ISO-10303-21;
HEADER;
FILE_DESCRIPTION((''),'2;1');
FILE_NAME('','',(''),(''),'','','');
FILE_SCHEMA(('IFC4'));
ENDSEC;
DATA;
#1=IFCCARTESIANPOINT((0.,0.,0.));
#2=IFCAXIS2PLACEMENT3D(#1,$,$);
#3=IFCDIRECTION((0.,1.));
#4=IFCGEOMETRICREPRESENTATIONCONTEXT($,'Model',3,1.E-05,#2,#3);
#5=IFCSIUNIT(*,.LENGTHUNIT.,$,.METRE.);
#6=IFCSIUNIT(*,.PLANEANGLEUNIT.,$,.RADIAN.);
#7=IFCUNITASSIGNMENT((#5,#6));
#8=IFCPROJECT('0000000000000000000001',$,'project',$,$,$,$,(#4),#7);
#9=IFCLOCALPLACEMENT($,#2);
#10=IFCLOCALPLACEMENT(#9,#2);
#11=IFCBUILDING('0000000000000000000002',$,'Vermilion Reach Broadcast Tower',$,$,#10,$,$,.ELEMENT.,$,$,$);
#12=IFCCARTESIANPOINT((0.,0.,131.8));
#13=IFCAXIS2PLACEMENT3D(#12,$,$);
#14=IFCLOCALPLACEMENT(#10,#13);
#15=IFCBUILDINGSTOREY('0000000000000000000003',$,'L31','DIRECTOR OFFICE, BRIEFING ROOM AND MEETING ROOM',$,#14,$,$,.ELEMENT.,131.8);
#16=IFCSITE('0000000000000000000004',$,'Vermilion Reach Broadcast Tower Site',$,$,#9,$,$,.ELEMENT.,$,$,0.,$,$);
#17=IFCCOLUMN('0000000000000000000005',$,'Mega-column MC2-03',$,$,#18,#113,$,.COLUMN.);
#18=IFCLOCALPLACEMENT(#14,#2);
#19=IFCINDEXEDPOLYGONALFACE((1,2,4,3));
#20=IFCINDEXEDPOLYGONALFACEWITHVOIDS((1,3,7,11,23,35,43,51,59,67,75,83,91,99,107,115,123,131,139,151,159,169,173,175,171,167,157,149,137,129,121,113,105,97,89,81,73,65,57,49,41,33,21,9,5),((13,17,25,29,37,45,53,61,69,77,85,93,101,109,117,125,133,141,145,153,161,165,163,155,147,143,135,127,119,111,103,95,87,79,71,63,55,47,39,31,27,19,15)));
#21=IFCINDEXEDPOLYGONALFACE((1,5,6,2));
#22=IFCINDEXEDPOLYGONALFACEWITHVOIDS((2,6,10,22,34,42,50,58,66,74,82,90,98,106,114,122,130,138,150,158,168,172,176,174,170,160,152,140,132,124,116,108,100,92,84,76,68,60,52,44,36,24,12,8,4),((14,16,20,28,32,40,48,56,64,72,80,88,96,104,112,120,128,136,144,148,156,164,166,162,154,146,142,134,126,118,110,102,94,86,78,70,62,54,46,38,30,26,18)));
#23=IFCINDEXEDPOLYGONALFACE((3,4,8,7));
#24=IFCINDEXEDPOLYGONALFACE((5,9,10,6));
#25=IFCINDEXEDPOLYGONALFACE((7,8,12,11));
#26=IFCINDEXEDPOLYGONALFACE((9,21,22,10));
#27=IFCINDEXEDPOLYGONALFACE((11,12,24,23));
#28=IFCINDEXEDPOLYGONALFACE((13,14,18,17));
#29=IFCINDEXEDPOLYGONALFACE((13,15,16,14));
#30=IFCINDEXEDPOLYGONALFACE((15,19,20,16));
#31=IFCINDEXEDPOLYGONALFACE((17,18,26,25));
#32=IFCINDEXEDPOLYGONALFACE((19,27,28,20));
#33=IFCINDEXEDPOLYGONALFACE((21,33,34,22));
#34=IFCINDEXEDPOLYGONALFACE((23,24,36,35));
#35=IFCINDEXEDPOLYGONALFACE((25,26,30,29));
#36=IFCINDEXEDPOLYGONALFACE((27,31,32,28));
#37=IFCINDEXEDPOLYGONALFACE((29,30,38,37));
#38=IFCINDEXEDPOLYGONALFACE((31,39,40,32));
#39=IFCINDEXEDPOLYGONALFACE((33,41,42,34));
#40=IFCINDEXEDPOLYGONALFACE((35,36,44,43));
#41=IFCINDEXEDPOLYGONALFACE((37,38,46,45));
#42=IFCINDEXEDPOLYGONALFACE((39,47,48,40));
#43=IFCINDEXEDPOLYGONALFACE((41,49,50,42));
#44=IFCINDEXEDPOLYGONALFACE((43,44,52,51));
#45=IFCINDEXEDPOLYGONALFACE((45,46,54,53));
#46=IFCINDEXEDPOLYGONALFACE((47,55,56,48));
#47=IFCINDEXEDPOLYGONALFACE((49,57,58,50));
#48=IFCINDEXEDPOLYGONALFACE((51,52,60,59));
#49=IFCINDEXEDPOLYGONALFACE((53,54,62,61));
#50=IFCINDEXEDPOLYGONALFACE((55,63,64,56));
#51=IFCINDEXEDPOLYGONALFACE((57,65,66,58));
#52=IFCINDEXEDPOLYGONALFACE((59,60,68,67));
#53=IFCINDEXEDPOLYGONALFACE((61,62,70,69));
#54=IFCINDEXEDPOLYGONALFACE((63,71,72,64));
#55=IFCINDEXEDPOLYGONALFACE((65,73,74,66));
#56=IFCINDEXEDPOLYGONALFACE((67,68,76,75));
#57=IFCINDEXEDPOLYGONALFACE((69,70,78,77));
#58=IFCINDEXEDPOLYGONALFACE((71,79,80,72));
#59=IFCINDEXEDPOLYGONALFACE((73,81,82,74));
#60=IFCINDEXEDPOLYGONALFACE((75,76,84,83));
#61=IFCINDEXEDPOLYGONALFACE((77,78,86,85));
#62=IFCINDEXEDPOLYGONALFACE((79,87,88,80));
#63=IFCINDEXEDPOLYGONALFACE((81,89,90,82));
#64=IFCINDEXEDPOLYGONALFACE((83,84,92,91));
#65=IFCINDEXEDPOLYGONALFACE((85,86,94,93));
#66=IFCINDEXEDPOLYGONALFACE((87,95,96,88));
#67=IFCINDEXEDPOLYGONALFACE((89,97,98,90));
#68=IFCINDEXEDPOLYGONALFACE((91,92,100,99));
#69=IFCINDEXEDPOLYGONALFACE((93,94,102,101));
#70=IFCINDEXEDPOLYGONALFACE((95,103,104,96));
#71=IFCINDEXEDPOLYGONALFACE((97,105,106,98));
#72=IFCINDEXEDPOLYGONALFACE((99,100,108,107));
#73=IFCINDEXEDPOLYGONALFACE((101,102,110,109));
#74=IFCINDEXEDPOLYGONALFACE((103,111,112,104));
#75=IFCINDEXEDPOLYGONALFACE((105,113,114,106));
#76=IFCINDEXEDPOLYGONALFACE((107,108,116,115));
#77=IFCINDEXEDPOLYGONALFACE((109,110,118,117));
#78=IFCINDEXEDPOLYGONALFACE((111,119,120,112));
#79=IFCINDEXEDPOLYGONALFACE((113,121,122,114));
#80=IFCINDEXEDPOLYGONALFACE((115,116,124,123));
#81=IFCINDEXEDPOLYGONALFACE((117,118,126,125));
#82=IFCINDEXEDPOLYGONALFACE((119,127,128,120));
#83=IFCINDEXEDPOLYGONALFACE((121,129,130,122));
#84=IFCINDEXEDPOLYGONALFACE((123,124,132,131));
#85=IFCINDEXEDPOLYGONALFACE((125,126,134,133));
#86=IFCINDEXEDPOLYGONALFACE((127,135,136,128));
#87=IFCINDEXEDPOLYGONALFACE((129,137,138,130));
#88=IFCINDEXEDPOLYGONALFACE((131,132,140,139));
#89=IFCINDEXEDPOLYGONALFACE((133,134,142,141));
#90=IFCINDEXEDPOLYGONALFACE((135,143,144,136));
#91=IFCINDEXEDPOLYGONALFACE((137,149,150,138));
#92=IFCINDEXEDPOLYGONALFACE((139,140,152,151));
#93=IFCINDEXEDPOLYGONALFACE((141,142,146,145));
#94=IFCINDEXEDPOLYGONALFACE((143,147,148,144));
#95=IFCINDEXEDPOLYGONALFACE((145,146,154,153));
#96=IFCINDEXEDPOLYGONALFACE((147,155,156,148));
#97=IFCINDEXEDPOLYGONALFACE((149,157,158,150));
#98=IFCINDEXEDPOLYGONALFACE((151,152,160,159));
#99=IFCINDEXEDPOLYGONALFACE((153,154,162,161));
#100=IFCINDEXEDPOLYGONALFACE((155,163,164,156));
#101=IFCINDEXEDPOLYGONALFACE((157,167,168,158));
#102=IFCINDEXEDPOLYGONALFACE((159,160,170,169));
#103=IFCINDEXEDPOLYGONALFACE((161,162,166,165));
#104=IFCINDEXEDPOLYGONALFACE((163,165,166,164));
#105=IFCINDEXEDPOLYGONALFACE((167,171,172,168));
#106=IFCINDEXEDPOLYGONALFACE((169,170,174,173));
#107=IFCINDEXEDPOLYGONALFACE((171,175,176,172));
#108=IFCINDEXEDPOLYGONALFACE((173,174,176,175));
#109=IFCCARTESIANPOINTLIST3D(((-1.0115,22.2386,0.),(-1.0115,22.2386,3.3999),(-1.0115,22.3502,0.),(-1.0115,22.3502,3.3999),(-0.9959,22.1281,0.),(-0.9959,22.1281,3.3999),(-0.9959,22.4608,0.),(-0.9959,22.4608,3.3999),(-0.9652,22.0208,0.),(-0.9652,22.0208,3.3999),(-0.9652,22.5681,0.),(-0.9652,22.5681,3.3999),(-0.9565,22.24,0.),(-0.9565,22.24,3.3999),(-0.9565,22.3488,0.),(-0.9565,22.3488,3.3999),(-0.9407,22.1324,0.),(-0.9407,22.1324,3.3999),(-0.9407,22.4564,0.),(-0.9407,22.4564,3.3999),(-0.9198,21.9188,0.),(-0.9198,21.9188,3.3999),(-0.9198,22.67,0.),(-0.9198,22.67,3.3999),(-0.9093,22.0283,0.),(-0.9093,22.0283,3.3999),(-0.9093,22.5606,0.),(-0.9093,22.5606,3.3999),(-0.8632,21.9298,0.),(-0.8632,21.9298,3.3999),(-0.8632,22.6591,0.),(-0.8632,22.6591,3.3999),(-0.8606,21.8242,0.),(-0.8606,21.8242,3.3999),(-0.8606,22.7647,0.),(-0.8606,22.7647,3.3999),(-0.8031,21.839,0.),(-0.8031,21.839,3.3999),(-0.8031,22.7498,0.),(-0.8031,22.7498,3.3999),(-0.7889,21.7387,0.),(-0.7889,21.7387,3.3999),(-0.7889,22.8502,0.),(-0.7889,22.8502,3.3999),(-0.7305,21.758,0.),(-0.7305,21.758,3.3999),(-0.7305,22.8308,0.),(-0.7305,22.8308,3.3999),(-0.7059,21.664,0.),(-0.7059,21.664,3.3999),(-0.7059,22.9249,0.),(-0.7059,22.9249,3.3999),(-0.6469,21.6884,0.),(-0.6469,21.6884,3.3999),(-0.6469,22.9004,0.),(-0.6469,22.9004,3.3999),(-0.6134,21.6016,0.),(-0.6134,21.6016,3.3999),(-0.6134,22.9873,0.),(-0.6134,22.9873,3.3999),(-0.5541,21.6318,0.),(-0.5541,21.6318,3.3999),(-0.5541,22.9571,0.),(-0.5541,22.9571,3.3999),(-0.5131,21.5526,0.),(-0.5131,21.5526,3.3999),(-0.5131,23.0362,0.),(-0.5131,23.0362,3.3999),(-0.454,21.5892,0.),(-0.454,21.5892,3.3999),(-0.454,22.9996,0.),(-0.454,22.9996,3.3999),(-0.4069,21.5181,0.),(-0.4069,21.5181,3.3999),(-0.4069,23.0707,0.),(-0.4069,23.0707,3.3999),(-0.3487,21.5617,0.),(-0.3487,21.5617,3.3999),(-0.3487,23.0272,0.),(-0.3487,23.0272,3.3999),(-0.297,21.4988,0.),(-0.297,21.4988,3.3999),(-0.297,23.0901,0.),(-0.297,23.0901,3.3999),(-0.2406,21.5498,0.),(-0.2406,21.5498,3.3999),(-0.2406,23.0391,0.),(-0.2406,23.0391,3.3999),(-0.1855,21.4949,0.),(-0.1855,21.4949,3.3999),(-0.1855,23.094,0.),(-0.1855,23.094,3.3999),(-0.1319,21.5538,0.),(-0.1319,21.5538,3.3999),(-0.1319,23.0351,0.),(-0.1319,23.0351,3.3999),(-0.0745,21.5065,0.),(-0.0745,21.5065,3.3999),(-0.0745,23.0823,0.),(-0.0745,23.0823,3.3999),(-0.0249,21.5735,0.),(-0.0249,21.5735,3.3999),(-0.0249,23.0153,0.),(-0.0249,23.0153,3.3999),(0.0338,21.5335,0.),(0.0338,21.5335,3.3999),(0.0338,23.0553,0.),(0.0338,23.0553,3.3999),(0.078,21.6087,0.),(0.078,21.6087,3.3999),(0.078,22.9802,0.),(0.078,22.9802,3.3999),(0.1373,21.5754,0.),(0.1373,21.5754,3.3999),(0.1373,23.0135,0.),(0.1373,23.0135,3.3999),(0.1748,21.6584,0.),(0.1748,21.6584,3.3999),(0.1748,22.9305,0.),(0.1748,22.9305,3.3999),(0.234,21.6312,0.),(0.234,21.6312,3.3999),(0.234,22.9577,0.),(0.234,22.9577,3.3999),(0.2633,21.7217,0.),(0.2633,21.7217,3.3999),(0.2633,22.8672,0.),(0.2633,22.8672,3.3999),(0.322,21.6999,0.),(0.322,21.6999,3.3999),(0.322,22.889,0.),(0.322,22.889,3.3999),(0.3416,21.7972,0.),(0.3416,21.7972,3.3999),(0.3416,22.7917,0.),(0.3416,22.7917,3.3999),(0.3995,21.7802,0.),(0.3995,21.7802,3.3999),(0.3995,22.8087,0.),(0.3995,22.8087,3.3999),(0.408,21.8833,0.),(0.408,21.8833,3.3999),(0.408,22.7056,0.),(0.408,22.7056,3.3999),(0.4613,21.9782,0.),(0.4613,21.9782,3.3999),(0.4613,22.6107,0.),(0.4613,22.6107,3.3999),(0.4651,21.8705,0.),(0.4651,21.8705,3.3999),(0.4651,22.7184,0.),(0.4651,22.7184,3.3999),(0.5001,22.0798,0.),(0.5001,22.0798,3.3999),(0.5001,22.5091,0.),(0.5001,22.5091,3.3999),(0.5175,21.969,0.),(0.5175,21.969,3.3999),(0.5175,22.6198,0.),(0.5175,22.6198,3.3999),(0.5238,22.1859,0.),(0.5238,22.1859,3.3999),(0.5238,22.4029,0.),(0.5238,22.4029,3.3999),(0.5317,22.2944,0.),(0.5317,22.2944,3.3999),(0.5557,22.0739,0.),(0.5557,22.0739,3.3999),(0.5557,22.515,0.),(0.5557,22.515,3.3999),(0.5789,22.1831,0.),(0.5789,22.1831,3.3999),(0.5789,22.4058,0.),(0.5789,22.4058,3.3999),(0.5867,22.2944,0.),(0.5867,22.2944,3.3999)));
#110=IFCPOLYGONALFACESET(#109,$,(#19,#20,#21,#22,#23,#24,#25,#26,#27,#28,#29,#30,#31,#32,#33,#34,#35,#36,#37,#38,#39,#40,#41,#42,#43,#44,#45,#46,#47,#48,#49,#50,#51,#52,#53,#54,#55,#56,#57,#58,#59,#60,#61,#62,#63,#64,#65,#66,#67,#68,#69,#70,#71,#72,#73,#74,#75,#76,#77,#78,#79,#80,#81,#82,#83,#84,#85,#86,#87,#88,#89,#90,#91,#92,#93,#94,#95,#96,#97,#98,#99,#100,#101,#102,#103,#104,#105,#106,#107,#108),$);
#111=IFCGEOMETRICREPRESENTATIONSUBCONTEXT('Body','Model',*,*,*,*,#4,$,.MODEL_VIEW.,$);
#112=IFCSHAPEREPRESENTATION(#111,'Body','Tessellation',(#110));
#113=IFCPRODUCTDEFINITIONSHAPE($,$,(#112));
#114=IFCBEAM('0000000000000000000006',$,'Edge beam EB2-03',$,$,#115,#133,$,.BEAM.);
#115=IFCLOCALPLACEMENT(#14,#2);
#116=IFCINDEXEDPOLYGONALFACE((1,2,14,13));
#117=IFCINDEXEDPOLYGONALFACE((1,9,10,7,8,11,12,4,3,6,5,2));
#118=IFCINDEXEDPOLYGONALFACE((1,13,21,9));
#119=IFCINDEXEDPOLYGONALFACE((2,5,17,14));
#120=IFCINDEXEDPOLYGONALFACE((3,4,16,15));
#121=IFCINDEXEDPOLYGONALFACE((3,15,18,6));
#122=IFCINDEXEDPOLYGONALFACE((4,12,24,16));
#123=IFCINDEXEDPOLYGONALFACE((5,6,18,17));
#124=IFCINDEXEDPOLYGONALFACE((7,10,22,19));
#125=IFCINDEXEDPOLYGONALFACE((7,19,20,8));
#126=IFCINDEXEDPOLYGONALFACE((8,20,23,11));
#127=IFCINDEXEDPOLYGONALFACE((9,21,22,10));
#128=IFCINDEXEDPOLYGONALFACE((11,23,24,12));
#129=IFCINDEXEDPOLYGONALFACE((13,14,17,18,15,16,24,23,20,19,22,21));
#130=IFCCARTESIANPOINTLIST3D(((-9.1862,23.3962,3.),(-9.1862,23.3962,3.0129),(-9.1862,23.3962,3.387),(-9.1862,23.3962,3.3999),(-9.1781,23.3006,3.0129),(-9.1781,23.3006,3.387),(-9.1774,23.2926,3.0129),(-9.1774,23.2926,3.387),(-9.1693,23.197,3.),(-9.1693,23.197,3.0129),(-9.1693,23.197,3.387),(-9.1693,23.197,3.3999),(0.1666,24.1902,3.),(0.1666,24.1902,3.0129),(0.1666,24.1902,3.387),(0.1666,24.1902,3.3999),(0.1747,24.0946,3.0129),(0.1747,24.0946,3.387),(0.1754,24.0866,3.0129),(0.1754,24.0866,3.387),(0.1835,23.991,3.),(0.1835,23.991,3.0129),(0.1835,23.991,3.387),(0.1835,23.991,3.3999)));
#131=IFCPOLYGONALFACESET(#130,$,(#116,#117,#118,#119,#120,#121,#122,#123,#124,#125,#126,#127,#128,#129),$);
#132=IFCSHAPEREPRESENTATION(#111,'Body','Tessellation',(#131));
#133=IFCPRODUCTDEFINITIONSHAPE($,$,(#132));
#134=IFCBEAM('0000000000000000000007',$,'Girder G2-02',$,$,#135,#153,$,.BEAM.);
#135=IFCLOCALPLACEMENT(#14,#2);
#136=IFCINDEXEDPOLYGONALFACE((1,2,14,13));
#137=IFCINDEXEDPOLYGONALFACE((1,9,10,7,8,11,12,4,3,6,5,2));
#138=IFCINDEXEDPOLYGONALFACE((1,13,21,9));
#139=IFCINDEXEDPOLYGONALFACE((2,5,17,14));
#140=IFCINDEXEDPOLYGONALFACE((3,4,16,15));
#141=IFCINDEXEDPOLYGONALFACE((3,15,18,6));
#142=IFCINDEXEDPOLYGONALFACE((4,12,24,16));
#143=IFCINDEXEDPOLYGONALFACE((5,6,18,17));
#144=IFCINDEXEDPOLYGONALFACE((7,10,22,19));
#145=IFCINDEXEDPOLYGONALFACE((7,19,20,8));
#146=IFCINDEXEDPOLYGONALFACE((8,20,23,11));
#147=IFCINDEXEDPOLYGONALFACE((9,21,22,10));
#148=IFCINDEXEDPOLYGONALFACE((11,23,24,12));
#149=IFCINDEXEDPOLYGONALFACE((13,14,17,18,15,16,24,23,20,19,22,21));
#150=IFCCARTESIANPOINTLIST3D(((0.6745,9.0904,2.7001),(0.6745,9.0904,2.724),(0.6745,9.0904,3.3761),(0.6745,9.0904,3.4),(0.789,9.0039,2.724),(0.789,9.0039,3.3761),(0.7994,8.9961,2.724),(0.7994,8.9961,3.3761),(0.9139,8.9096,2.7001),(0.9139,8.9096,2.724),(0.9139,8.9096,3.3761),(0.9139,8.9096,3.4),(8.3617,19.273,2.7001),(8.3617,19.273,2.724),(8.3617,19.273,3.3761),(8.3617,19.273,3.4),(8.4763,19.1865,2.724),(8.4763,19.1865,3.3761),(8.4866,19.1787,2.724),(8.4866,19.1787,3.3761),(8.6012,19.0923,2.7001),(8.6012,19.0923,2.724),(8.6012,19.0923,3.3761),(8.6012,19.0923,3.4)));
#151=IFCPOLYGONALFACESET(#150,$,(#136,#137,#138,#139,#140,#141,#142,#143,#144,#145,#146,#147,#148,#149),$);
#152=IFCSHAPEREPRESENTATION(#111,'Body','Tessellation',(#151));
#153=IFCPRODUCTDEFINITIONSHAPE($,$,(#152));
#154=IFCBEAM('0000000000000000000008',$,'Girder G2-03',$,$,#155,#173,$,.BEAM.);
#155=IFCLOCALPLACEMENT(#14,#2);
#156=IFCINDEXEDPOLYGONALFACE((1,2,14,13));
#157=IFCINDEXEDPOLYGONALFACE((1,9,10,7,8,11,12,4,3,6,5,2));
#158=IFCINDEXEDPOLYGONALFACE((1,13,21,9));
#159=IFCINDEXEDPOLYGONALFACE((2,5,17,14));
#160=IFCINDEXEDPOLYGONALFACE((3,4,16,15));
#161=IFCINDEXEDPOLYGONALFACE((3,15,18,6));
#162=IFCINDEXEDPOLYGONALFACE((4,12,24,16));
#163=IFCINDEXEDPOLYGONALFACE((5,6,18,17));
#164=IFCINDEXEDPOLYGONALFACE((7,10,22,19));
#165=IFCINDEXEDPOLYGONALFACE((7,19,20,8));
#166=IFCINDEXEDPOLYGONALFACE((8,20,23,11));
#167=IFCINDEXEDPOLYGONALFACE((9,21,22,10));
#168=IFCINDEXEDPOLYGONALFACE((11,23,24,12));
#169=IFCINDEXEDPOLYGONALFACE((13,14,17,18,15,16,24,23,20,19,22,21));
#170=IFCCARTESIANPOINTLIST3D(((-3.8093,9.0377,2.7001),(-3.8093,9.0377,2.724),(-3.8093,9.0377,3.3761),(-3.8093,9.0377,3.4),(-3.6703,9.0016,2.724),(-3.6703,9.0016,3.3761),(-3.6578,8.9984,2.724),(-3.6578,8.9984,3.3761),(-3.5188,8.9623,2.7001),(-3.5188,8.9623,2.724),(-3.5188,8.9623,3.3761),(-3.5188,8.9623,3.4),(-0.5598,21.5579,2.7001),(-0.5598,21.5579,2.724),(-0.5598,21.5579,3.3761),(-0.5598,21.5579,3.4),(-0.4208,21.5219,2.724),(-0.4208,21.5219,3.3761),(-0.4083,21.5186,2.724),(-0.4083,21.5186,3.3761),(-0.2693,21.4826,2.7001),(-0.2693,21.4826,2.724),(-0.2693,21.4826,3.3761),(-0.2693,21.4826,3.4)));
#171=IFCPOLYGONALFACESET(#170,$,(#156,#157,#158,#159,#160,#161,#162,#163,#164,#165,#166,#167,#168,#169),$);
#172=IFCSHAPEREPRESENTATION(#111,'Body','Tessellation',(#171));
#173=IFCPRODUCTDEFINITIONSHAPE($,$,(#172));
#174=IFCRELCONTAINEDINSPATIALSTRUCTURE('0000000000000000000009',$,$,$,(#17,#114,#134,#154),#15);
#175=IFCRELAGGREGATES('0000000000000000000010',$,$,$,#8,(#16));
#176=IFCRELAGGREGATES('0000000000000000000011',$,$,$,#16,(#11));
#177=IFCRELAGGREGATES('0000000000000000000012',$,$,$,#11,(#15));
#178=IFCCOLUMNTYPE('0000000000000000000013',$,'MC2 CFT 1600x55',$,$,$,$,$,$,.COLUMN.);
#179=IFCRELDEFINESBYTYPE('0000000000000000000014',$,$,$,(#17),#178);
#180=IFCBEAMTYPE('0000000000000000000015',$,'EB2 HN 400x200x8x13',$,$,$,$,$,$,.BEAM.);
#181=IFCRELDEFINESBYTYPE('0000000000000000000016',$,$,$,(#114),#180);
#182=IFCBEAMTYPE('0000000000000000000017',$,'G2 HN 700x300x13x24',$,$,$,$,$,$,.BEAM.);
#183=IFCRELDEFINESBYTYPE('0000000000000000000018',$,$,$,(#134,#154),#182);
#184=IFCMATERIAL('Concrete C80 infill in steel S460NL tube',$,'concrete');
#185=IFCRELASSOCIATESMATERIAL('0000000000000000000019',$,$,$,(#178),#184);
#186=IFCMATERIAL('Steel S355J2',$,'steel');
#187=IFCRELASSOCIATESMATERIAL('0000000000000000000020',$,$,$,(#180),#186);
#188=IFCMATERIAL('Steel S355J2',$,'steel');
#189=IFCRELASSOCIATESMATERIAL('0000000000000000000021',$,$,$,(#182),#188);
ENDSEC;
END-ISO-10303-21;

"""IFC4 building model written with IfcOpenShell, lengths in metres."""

from ifc_helpers import new_model, si_unit, direction, frame, origin, origin_2d, place, context, subcontext, project, spatial, hollow_circle, i_section, extrude, material, material_profile, profile_set, type_object, element, save


model = new_model("IFC4")

# Units and contexts
model_context = context("Model", 3, precision=1e-05, world=origin(), true_north=direction((0.0, 1.0)))
body_context = subcontext(model_context, "Body", "Model", "MODEL_VIEW")
ifc_project = project(units=[si_unit("LENGTHUNIT", "METRE"), si_unit("PLANEANGLEUNIT", "RADIAN")], contexts=[model_context])

# Site, building, storey
site_placement = place(None, origin())
site = spatial("IfcSite", under=ifc_project, at=site_placement, Name="Vermilion Reach Broadcast Tower Site", CompositionType="ELEMENT", RefElevation=0.0)
building_placement = place(site_placement, origin())
building = spatial("IfcBuilding", under=site, at=building_placement, Name="Vermilion Reach Broadcast Tower", CompositionType="ELEMENT")
storey_placement = place(building_placement, frame((0.0, 0.0, 131.8)))
storey = spatial("IfcBuildingStorey", under=building, at=storey_placement, Name="L31", Description="DIRECTOR OFFICE, BRIEFING ROOM AND MEETING ROOM", CompositionType="ELEMENT", Elevation=131.8)

# Column
ifc_material_1 = material(Name="Concrete C80 infill in steel S460NL tube", Category="concrete")
ifc_material_profile_1 = material_profile(ifc_material_1, hollow_circle(Radius=0.8, WallThickness=0.0549, at=origin_2d()), Name="Concrete C80 infill in steel S460NL tube CFT 1600x55")
ifc_profile_set_1 = profile_set([ifc_material_profile_1], Name="Concrete C80 infill in steel S460NL tube")
column_type = type_object("IfcColumnType", Name="MC2 CFT 1600x55", PredefinedType="COLUMN", material=ifc_profile_set_1)
column_placement = place(storey_placement, frame((-0.2134, 22.2944, 0.0), z_axis=(0.0, 0.0, 1.0), x_axis=(1.0, 0.0, 0.0)))
element("IfcColumn", 1, at=column_placement, inside=storey, type_object=column_type, Name="Mega-column MC2-03", PredefinedType="COLUMN", context=body_context, shape_type="SweptSolid", body=[
    extrude(hollow_circle(Radius=0.8, WallThickness=0.0549, at=origin_2d()), origin(), (0.0, 0.0, 1.0), 3.3999),
])

# Beams
ifc_material_2 = material(Name="Steel S355J2", Category="steel")
ifc_material_profile_2 = material_profile(ifc_material_2, i_section(OverallWidth=0.2, OverallDepth=0.3999, WebThickness=0.0081, FlangeThickness=0.0129, at=origin_2d()), Name="S355J2 HN 400x200x8x13")
ifc_profile_set_2 = profile_set([ifc_material_profile_2], Name="Steel S355J2")
beam_type_1 = type_object("IfcBeamType", Name="EB2 HN 400x200x8x13", PredefinedType="BEAM", material=ifc_profile_set_2)
beam_1_placement = place(storey_placement, frame((0.175, 24.0906, 3.2), z_axis=(-0.996416, -0.084584, 0.0), x_axis=(0.084584, -0.996416, 0.0)))
element("IfcBeam", 2, at=beam_1_placement, inside=storey, type_object=beam_type_1, Name="Edge beam EB2-03", PredefinedType="BEAM", context=body_context, shape_type="SweptSolid", body=[
    extrude(i_section(OverallWidth=0.2, OverallDepth=0.3999, WebThickness=0.0081, FlangeThickness=0.0129, at=origin_2d()), origin(), (0.0, 0.0, 1.0), 9.3865),
])
ifc_material_3 = material(Name="Steel S355J2", Category="steel")
ifc_material_profile_3 = material_profile(ifc_material_3, i_section(OverallWidth=0.3, OverallDepth=0.7, WebThickness=0.0129, FlangeThickness=0.0239, at=origin_2d()), Name="S355J2 HN 700x300x13x24")
ifc_profile_set_3 = profile_set([ifc_material_profile_3], Name="Steel S355J2")
beam_type_2 = type_object("IfcBeamType", Name="G2 HN 700x300x13x24", PredefinedType="BEAM", material=ifc_profile_set_3)
beam_2_placement = place(storey_placement, frame((0.7942, 9.0, 3.05), z_axis=(0.60252, 0.798104, 0.0), x_axis=(-0.798104, 0.60252, 0.0)))
element("IfcBeam", 3, at=beam_2_placement, inside=storey, type_object=beam_type_2, Name="Girder G2-02", PredefinedType="BEAM", context=body_context, shape_type="SweptSolid", body=[
    extrude(i_section(OverallWidth=0.3, OverallDepth=0.7, WebThickness=0.0129, FlangeThickness=0.0239, at=origin_2d()), origin(), (0.0, 0.0, 1.0), 12.7585),
])
beam_3_placement = place(storey_placement, frame((-3.6641, 9.0, 3.05), z_axis=(0.251217, 0.967931, 0.0), x_axis=(-0.967931, 0.251217, 0.0)))
element("IfcBeam", 4, at=beam_3_placement, inside=storey, type_object=beam_type_2, Name="Girder G2-03", PredefinedType="BEAM", context=body_context, shape_type="SweptSolid", body=[
    extrude(i_section(OverallWidth=0.3, OverallDepth=0.7, WebThickness=0.0129, FlangeThickness=0.0239, at=origin_2d()), origin(), (0.0, 0.0, 1.0), 12.9351),
])

save(model, "model.ifc")
